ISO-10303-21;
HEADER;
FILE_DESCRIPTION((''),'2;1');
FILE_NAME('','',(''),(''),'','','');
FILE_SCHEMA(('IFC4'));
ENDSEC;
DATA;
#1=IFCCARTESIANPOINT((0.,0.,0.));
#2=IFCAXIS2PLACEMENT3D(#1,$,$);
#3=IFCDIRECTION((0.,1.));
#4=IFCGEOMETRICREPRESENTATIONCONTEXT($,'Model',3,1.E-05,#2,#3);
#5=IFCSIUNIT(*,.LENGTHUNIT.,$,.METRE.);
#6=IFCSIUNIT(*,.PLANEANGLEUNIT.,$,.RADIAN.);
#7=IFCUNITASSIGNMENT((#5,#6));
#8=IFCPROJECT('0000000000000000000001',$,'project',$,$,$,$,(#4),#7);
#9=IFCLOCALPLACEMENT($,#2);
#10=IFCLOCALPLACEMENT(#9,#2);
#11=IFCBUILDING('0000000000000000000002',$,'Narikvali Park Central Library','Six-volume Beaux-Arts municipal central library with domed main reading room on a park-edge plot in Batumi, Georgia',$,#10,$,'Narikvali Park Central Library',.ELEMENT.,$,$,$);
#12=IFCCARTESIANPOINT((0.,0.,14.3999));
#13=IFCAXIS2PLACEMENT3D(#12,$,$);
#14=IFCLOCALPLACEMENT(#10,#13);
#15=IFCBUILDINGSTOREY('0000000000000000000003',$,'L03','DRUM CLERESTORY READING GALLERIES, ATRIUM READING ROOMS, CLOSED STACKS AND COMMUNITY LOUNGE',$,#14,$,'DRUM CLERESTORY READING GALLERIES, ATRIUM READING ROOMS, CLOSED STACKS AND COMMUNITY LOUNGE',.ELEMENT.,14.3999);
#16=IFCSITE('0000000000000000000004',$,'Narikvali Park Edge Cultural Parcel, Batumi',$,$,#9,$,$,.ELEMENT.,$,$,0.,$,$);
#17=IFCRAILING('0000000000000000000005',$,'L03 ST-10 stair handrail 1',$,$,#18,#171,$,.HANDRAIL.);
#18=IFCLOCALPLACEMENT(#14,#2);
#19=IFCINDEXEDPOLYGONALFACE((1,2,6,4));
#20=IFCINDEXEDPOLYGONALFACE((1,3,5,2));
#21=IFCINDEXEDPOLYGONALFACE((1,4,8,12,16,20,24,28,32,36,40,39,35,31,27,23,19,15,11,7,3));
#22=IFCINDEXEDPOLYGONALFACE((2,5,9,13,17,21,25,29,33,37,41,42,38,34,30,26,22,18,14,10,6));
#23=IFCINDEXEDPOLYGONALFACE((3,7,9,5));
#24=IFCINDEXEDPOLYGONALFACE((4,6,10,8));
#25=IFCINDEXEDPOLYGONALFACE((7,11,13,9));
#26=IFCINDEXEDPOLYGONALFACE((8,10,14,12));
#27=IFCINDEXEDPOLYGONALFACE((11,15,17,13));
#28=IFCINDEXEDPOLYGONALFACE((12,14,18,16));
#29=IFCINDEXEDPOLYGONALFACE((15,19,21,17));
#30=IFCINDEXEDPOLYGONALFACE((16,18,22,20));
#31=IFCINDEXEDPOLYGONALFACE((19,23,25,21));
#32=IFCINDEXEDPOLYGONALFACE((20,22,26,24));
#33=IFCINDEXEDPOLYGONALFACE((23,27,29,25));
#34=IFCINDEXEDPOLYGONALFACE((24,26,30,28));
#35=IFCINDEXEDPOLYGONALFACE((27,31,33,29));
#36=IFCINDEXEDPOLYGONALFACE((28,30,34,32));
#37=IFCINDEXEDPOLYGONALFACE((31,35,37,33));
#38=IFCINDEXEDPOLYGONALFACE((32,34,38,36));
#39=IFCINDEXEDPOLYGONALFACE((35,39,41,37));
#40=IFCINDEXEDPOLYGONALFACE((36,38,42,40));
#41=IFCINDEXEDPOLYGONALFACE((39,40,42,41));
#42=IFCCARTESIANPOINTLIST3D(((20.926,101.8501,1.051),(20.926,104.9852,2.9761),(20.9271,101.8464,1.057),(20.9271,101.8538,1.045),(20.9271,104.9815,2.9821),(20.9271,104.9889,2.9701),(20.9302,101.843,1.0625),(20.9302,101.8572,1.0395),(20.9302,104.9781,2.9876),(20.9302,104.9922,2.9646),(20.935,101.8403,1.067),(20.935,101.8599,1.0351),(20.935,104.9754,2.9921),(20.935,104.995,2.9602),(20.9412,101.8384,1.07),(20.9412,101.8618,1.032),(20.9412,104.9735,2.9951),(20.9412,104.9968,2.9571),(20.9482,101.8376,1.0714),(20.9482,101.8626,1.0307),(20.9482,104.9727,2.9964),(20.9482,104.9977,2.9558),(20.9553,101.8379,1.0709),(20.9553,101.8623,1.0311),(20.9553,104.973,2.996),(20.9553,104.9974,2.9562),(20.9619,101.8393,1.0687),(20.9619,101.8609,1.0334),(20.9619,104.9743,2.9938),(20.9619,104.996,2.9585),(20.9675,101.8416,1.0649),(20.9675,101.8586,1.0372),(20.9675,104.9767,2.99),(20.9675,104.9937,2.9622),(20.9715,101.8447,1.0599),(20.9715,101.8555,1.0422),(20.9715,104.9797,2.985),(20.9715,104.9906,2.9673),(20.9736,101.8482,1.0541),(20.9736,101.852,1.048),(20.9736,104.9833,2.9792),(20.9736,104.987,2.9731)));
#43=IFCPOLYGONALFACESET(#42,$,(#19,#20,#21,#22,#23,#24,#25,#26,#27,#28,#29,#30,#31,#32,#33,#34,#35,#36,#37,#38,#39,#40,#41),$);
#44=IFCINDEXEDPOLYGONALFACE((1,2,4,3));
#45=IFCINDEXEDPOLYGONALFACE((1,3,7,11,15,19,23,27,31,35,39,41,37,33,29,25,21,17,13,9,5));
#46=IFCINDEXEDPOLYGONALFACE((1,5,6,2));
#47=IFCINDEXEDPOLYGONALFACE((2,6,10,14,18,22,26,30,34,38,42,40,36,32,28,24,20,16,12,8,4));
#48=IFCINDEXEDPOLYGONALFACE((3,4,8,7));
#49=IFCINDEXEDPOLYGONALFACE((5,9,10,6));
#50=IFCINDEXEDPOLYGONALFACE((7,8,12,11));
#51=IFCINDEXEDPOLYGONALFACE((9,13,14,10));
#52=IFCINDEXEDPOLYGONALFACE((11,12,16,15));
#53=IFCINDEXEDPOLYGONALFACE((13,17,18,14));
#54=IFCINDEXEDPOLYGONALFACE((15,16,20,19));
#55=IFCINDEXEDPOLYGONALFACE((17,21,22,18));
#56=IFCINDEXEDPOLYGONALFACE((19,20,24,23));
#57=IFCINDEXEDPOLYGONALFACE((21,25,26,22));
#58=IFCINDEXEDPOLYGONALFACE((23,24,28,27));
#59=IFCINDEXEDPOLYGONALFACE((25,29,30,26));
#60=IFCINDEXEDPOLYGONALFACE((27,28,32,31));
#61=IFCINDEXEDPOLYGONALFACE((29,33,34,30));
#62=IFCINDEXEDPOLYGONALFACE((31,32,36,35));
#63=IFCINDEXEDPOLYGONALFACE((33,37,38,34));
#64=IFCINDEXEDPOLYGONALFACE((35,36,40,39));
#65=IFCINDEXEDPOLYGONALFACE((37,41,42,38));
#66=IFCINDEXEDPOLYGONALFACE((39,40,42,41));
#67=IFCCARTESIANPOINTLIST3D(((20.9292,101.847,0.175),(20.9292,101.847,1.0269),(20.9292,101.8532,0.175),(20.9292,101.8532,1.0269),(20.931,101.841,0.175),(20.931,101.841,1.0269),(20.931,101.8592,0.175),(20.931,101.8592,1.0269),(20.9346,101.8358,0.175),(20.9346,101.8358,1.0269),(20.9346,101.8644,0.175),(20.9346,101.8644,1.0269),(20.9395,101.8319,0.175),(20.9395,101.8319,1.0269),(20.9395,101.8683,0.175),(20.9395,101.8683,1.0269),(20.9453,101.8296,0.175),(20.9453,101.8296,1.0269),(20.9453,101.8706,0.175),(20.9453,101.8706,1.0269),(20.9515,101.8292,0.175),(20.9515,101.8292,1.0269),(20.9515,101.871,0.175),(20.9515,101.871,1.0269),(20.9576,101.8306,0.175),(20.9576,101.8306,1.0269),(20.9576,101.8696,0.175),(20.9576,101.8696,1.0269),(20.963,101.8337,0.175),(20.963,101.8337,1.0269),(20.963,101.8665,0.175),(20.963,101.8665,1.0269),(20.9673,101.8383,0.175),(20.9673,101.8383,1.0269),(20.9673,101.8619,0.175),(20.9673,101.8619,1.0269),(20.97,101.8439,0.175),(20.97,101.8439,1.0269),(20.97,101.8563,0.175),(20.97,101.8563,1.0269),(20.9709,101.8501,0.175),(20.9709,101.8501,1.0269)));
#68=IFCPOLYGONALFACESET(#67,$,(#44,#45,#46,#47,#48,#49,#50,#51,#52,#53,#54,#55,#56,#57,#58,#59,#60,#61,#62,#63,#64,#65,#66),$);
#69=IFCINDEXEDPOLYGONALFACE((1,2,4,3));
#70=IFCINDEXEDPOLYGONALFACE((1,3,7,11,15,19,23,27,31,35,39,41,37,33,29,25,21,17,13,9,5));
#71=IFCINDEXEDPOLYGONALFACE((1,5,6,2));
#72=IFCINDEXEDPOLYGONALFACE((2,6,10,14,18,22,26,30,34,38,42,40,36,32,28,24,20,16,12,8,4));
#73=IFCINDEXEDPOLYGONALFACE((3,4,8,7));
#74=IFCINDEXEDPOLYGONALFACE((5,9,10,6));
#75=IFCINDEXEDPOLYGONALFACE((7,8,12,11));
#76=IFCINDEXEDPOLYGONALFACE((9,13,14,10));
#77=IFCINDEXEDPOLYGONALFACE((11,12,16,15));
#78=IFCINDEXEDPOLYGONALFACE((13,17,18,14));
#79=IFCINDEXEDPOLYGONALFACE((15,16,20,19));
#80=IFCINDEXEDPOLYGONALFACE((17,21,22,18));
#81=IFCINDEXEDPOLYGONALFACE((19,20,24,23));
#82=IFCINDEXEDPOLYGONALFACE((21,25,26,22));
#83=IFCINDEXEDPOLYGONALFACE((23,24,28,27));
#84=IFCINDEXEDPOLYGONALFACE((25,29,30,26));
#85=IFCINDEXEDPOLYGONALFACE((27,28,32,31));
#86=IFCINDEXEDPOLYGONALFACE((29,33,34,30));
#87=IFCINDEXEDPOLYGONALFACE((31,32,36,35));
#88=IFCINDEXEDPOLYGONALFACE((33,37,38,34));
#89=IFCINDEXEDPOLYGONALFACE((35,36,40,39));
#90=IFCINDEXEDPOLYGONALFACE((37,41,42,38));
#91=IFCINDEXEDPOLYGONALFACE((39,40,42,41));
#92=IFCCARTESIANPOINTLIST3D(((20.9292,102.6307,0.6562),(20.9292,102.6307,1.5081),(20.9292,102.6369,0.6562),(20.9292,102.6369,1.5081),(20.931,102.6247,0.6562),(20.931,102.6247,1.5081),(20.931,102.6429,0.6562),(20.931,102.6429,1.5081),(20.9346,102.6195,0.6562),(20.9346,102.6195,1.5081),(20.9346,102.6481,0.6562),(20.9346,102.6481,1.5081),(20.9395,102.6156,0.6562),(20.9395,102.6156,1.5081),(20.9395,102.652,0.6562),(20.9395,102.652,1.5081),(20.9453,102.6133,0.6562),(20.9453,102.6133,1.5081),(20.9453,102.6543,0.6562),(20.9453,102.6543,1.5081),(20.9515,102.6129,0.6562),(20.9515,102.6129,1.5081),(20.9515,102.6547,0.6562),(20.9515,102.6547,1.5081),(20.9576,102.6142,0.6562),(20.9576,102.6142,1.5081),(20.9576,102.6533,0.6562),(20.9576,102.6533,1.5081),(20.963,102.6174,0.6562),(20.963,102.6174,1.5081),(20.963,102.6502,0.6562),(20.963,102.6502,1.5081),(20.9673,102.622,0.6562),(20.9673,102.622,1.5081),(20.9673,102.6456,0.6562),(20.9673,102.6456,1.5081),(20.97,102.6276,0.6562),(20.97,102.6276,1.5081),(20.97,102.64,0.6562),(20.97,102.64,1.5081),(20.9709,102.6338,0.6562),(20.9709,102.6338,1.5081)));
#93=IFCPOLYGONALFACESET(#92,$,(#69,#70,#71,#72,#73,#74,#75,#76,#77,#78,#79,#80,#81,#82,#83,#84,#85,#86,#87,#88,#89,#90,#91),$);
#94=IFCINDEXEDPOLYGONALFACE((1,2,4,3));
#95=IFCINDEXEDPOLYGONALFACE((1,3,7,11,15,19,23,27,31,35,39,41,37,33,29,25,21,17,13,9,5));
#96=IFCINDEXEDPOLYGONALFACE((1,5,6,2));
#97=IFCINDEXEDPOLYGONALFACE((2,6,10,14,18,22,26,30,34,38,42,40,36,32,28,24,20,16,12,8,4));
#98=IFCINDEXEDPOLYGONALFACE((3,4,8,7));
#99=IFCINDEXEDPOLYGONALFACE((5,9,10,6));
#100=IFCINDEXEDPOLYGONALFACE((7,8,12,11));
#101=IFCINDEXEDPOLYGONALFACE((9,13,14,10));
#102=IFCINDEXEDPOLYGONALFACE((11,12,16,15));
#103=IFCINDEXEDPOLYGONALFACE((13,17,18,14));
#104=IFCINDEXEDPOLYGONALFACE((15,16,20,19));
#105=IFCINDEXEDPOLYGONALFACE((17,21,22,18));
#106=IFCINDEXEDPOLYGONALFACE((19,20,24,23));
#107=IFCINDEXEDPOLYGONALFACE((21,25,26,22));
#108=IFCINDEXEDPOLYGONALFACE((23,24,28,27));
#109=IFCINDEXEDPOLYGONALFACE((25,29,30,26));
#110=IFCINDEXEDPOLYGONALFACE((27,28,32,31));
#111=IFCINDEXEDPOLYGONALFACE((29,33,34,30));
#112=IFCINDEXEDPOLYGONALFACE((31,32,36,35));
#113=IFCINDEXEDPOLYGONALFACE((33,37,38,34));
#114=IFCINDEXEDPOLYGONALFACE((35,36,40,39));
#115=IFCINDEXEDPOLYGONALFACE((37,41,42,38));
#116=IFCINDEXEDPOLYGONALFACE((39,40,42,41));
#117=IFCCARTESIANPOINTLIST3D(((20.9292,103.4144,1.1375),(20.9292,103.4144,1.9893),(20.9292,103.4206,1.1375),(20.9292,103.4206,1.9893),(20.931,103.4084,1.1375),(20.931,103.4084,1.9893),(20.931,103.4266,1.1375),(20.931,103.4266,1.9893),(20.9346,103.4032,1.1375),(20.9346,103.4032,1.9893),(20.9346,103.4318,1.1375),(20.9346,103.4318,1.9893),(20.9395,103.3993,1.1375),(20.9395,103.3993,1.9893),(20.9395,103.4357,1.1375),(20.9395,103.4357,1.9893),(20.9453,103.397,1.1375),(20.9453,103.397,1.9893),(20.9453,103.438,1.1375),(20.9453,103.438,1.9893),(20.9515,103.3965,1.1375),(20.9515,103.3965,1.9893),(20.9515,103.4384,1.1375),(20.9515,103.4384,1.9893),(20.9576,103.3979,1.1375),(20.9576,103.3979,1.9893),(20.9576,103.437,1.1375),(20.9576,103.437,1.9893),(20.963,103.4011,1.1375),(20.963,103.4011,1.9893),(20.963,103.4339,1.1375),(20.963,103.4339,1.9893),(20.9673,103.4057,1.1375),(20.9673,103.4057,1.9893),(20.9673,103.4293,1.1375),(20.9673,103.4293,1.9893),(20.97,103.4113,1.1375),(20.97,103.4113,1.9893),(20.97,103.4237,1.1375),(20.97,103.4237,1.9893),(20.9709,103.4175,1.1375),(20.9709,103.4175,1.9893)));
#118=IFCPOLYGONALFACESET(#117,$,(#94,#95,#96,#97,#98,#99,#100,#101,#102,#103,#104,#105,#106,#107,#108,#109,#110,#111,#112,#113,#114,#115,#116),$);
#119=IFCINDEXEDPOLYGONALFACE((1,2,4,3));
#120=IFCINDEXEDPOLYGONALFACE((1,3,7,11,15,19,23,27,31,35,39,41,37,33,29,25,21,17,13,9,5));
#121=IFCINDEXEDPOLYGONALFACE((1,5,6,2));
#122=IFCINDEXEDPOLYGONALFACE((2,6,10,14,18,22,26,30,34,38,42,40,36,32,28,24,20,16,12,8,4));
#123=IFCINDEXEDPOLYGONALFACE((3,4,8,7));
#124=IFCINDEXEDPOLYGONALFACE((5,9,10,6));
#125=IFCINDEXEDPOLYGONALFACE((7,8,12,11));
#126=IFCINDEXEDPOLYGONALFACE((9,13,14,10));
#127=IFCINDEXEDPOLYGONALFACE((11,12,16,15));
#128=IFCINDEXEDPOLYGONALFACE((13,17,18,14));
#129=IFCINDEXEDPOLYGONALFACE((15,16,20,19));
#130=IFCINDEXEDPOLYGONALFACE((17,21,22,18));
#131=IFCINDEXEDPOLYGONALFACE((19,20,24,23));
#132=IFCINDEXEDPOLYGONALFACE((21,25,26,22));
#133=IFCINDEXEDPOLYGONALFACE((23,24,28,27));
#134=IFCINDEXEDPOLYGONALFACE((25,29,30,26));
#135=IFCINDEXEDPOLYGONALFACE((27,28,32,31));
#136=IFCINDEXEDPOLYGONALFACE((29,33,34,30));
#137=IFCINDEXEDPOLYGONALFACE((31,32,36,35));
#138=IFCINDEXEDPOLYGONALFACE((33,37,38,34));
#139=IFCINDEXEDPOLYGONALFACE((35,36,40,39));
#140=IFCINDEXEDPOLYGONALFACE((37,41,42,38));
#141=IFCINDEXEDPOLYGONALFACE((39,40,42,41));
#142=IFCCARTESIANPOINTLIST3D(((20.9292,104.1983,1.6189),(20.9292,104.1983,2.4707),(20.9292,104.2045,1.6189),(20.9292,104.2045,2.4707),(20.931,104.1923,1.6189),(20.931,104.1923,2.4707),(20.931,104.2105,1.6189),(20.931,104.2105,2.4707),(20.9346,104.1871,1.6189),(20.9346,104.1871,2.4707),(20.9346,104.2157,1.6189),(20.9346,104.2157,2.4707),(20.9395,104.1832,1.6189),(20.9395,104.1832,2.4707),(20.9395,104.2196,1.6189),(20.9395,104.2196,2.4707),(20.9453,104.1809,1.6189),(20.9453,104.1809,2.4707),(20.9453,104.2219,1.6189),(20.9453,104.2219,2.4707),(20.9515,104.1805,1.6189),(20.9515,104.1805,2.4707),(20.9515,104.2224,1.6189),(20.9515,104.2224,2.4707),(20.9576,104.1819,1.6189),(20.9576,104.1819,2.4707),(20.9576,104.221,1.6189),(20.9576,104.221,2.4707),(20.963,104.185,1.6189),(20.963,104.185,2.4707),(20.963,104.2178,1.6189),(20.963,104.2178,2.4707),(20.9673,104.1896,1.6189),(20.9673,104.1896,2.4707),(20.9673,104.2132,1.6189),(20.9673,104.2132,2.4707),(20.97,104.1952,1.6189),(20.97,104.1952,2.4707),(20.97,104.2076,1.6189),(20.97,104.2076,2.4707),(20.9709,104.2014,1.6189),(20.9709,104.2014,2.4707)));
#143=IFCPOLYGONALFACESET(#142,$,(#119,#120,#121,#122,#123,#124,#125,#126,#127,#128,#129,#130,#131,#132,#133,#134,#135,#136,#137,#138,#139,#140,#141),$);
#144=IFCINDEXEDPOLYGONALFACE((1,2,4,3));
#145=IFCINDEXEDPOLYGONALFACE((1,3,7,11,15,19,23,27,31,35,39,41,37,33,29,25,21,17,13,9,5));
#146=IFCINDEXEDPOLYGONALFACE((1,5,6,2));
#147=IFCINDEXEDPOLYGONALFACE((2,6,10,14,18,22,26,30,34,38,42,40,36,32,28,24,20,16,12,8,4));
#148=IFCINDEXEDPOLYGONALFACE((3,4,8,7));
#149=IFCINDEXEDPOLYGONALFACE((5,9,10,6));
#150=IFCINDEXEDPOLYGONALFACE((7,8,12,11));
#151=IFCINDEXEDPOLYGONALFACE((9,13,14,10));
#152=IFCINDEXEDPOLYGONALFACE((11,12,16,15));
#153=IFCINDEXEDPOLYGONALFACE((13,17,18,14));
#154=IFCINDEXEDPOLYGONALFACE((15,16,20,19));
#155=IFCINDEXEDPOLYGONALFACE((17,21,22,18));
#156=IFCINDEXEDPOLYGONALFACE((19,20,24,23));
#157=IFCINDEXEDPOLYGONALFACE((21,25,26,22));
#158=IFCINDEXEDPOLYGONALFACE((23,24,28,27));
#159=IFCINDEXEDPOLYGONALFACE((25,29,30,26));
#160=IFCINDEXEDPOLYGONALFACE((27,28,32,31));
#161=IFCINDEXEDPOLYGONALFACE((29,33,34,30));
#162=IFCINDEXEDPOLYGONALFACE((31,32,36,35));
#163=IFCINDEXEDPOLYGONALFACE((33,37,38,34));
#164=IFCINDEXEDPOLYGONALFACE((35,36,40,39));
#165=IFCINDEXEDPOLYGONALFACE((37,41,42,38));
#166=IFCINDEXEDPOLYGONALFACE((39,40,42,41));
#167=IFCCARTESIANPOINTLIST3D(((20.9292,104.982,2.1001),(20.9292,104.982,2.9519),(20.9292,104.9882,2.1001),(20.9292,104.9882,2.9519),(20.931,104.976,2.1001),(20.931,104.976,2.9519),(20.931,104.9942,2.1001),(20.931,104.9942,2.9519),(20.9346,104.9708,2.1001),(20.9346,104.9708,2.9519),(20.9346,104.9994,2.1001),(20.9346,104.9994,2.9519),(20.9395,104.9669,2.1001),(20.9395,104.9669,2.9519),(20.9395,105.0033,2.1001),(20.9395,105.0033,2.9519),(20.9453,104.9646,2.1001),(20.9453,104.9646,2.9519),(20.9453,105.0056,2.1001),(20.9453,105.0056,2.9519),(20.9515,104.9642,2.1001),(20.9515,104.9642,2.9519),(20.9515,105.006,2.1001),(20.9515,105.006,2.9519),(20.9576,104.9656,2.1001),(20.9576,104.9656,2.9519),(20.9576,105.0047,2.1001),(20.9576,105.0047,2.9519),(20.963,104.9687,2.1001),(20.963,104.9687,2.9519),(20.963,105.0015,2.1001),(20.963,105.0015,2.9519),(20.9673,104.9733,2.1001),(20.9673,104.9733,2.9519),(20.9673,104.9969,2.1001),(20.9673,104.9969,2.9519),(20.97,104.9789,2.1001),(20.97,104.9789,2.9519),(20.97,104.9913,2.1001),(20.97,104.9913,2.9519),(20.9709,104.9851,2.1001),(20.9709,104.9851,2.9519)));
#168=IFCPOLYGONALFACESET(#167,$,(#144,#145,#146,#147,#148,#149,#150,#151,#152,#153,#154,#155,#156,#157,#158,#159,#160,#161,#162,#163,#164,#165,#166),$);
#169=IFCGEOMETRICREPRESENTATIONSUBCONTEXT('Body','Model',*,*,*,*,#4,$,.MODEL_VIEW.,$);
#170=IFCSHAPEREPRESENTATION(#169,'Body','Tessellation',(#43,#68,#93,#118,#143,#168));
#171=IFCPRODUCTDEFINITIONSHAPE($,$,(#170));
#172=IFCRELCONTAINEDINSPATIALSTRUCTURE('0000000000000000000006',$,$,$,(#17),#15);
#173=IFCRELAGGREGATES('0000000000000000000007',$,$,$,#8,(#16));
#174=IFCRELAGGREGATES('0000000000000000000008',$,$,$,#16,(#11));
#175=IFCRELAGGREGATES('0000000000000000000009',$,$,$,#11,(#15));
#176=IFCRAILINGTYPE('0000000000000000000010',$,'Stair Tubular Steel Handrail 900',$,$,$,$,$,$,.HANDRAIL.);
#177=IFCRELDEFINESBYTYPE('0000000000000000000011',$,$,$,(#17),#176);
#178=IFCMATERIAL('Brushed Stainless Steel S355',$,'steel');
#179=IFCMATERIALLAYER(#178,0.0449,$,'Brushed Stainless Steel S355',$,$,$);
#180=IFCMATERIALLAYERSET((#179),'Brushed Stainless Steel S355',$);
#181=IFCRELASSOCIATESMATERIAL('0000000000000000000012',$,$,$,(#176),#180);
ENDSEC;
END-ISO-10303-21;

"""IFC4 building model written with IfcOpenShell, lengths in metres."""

from ifc_helpers import new_model, si_unit, direction, frame, origin, origin_2d, place, context, subcontext, project, spatial, circle, extrude, material, layer, layer_set, type_object, element, save


model = new_model("IFC4")

# Units and contexts
model_context = context("Model", 3, precision=1e-05, world=origin(), true_north=direction((0.0, 1.0)))
body_context = subcontext(model_context, "Body", "Model", "MODEL_VIEW")
ifc_project = project(units=[si_unit("LENGTHUNIT", "METRE"), si_unit("PLANEANGLEUNIT", "RADIAN")], contexts=[model_context])

# Site, building, storey
site_placement = place(None, origin())
site = spatial("IfcSite", under=ifc_project, at=site_placement, Name="Narikvali Park Edge Cultural Parcel, Batumi", CompositionType="ELEMENT", RefElevation=0.0)
building_placement = place(site_placement, origin())
building = spatial("IfcBuilding", under=site, at=building_placement, Name="Narikvali Park Central Library", Description="Six-volume Beaux-Arts municipal central library with domed main reading room on a park-edge plot in Batumi, Georgia", LongName="Narikvali Park Central Library", CompositionType="ELEMENT")
storey_placement = place(building_placement, frame((0.0, 0.0, 14.3999)))
storey = spatial("IfcBuildingStorey", under=building, at=storey_placement, Name="L03", Description="DRUM CLERESTORY READING GALLERIES, ATRIUM READING ROOMS, CLOSED STACKS AND COMMUNITY LOUNGE", LongName="DRUM CLERESTORY READING GALLERIES, ATRIUM READING ROOMS, CLOSED STACKS AND COMMUNITY LOUNGE", CompositionType="ELEMENT", Elevation=14.3999)

# Railing
ifc_material_1 = material(Name="Brushed Stainless Steel S355", Category="steel")
ifc_layer_1 = layer(ifc_material_1, 0.0449, Name="Brushed Stainless Steel S355")
ifc_layer_set_1 = layer_set([ifc_layer_1], Name="Brushed Stainless Steel S355")
railing_type_1 = type_object("IfcRailingType", Name="Stair Tubular Steel Handrail 900", PredefinedType="HANDRAIL", material=ifc_layer_set_1)
railing_1_placement = place(storey_placement, frame((20.95, 101.8501, 0.175)))
element("IfcRailing", 1, at=railing_1_placement, inside=storey, type_object=railing_type_1, Name="L03 ST-10 stair handrail 1", PredefinedType="HANDRAIL", context=body_context, shape_type="SweptSolid", body=[
    extrude(circle(Radius=0.0239, at=origin_2d()), frame((0.0, 0.0, 0.876), z_axis=(0.0, 0.852166, 0.523271), x_axis=(-1.0, 0.0, 0.0)), (0.0, 0.0, 1.0), 3.679),
    extrude(circle(Radius=0.021, at=origin_2d()), origin(), (0.0, 0.0, 1.0), 0.8518),
    extrude(circle(Radius=0.021, at=origin_2d()), frame((0.0, 0.7837, 0.4812)), (0.0, 0.0, 1.0), 0.8518),
    extrude(circle(Radius=0.021, at=origin_2d()), frame((0.0, 1.5674, 0.9624)), (0.0, 0.0, 1.0), 0.8518),
    extrude(circle(Radius=0.021, at=origin_2d()), frame((0.0, 2.3513, 1.4438)), (0.0, 0.0, 1.0), 0.8518),
    extrude(circle(Radius=0.021, at=origin_2d()), frame((0.0, 3.135, 1.925)), (0.0, 0.0, 1.0), 0.8518),
])

save(model, "model.ifc")
